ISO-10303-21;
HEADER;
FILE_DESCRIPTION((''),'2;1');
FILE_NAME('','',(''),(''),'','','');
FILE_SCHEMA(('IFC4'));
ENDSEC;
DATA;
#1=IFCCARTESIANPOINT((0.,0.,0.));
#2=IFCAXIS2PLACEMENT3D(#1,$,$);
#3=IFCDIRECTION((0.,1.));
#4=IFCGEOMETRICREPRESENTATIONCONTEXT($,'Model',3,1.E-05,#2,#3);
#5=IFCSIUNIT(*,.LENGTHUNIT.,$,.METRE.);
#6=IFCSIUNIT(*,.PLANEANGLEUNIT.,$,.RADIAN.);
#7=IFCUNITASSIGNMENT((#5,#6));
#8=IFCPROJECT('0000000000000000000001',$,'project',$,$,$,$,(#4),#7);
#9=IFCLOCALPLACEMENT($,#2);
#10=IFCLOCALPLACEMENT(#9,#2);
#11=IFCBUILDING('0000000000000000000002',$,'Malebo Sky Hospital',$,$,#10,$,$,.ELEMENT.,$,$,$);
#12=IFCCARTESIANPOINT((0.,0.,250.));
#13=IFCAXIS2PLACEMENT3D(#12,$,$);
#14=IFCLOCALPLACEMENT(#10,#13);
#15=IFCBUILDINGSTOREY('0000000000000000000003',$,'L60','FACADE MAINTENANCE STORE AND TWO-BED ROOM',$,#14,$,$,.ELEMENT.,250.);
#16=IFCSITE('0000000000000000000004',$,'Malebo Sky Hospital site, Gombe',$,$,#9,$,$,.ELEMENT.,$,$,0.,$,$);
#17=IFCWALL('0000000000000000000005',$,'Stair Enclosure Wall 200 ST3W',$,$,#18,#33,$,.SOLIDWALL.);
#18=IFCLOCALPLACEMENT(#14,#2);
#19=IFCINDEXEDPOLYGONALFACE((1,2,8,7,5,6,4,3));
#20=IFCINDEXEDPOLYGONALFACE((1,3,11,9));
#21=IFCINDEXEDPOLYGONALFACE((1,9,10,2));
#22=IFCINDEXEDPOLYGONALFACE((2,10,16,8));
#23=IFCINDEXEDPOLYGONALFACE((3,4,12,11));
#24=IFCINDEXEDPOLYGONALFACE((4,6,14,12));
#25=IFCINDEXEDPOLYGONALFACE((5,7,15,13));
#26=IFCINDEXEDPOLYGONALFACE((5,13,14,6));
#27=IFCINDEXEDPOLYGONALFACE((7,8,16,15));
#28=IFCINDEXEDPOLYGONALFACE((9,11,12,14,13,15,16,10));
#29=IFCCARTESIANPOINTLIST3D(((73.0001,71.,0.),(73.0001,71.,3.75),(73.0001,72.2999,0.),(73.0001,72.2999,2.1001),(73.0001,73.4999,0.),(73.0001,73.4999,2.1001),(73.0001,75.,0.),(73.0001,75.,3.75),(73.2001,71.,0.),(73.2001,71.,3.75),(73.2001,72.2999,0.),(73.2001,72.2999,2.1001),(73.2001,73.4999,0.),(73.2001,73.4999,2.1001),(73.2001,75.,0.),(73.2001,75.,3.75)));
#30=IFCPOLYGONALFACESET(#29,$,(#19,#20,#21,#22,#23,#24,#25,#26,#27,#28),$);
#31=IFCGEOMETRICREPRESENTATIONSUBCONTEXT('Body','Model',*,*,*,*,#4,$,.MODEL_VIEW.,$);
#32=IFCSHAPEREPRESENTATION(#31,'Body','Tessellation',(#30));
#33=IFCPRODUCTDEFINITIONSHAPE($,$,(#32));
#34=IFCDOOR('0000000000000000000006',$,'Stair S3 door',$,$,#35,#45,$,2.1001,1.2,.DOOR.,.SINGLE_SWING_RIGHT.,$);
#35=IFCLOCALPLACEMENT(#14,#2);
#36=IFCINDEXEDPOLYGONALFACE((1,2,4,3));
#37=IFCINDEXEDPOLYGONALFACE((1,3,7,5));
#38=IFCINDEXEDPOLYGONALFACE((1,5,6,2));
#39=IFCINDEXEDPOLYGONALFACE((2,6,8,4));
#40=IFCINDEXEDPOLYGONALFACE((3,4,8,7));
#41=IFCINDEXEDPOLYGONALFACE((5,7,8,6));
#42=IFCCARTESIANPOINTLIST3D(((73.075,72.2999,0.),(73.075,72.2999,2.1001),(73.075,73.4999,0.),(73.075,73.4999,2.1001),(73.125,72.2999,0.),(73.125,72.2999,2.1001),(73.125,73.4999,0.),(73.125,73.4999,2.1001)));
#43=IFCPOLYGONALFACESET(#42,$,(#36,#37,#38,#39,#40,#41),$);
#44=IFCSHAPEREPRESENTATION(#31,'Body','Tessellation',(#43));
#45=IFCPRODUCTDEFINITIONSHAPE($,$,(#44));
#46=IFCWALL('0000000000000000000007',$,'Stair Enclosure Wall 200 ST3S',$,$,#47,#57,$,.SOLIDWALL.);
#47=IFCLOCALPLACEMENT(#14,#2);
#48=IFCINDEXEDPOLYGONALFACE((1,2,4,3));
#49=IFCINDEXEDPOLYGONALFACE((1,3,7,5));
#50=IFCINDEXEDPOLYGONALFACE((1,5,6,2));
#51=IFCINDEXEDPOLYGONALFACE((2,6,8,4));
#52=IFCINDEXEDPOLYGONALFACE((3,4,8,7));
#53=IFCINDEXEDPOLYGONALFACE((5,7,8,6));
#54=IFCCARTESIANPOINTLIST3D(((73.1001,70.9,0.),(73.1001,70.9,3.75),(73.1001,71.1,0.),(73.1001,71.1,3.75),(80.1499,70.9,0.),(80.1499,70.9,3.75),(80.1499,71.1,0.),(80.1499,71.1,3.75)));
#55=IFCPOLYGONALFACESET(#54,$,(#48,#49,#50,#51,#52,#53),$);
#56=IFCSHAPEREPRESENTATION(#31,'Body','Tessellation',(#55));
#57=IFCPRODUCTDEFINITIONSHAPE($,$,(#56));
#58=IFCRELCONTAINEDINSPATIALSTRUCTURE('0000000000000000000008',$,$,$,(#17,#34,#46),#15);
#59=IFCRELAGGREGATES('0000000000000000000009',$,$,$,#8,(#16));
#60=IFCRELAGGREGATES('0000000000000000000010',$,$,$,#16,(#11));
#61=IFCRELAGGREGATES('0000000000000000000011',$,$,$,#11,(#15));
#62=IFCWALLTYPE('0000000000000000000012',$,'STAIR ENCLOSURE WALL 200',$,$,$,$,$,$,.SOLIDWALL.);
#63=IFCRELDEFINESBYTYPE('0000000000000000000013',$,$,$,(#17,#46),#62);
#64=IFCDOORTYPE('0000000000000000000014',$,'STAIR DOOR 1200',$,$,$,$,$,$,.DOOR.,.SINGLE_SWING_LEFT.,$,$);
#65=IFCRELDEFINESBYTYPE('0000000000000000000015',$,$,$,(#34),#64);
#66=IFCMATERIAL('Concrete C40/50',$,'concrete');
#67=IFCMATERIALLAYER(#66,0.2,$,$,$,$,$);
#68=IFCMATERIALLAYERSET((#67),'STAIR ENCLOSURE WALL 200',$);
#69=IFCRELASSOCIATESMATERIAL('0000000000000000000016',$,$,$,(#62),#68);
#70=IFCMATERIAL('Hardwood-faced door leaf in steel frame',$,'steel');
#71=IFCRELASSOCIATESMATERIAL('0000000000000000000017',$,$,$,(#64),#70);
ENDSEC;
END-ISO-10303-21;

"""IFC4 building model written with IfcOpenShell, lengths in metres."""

from ifc_helpers import new_model, si_unit, direction, frame, frame_2d, origin, place, context, subcontext, project, spatial, rectangle, extrude, material, layer, layer_set, type_object, element, fill, save


model = new_model("IFC4")

# Units and contexts
model_context = context("Model", 3, precision=1e-05, world=origin(), true_north=direction((0.0, 1.0)))
body_context = subcontext(model_context, "Body", "Model", "MODEL_VIEW")
ifc_project = project(units=[si_unit("LENGTHUNIT", "METRE"), si_unit("PLANEANGLEUNIT", "RADIAN")], contexts=[model_context])

# Site, building, storey
site_placement = place(None, origin())
site = spatial("IfcSite", under=ifc_project, at=site_placement, Name="Malebo Sky Hospital site, Gombe", CompositionType="ELEMENT", RefElevation=0.0)
building_placement = place(site_placement, origin())
building = spatial("IfcBuilding", under=site, at=building_placement, Name="Malebo Sky Hospital", CompositionType="ELEMENT")
storey_placement = place(building_placement, frame((0.0, 0.0, 250.0)))
storey = spatial("IfcBuildingStorey", under=building, at=storey_placement, Name="L60", Description="FACADE MAINTENANCE STORE AND TWO-BED ROOM", CompositionType="ELEMENT", Elevation=250.0)

# Shared definitions
ifc_material_1 = material(Name="Hardwood-faced door leaf in steel frame", Category="steel")

# Wall, opening, door
ifc_material_2 = material(Name="Concrete C40/50", Category="concrete")
ifc_layer_1 = layer(ifc_material_2, 0.2)
ifc_layer_set_1 = layer_set([ifc_layer_1], Name="STAIR ENCLOSURE WALL 200")
wall_type_1 = type_object("IfcWallType", Name="STAIR ENCLOSURE WALL 200", PredefinedType="SOLIDWALL", material=ifc_layer_set_1)
wall_1_placement = place(storey_placement, frame((73.1001, 75.0, 0.0), z_axis=(0.0, 0.0, 1.0), x_axis=(0.0, -1.0, 0.0)))
wall_1 = element("IfcWall", 1, at=wall_1_placement, inside=storey, type_object=wall_type_1, Name="Stair Enclosure Wall 200 ST3W", PredefinedType="SOLIDWALL", context=body_context, shape_type="SweptSolid", body=[
    extrude(rectangle(XDim=4.0, YDim=0.2, at=frame_2d((2.0, 0.0))), origin(), (0.0, 0.0, 1.0), 3.75),
])
opening_1_placement = place(wall_1_placement, frame((1.5, 0.0, 0.0)))
opening_1 = element("IfcOpeningElement", 2, at=opening_1_placement, cuts=wall_1, PredefinedType="OPENING", context=body_context, shape_type="SweptSolid", body=[
    extrude(rectangle(XDim=1.2, YDim=2.1001, at=frame_2d((0.6001, 1.05))), frame((0.0, 0.1099, 0.0), z_axis=(0.0, -1.0, 0.0), x_axis=(1.0, 0.0, 0.0)), (0.0, 0.0, 1.0), 0.22),
])
door_type_1 = type_object("IfcDoorType", Name="STAIR DOOR 1200", OperationType="SINGLE_SWING_LEFT", PredefinedType="DOOR", material=ifc_material_1)
door_1_placement = place(opening_1_placement, origin())
door_1 = element("IfcDoor", 3, at=door_1_placement, inside=storey, type_object=door_type_1, Name="Stair S3 door", OperationType="SINGLE_SWING_RIGHT", OverallHeight=2.1001, OverallWidth=1.2, PredefinedType="DOOR", context=body_context, shape_type="SweptSolid", body=[
    extrude(rectangle(XDim=1.2, YDim=2.1001, at=frame_2d((0.6001, 1.05))), frame((0.0, 0.0249, 0.0), z_axis=(0.0, -1.0, 0.0), x_axis=(1.0, 0.0, 0.0)), (0.0, 0.0, 1.0), 0.05),
])
fill(opening_1, door_1)

# Wall
wall_2_placement = place(storey_placement, frame((73.1001, 71.0, 0.0), z_axis=(0.0, 0.0, 1.0), x_axis=(1.0, 0.0, 0.0)))
element("IfcWall", 4, at=wall_2_placement, inside=storey, type_object=wall_type_1, Name="Stair Enclosure Wall 200 ST3S", PredefinedType="SOLIDWALL", context=body_context, shape_type="SweptSolid", body=[
    extrude(rectangle(XDim=7.0498, YDim=0.2, at=frame_2d((3.5249, 0.0))), origin(), (0.0, 0.0, 1.0), 3.75),
])

save(model, "model.ifc")
